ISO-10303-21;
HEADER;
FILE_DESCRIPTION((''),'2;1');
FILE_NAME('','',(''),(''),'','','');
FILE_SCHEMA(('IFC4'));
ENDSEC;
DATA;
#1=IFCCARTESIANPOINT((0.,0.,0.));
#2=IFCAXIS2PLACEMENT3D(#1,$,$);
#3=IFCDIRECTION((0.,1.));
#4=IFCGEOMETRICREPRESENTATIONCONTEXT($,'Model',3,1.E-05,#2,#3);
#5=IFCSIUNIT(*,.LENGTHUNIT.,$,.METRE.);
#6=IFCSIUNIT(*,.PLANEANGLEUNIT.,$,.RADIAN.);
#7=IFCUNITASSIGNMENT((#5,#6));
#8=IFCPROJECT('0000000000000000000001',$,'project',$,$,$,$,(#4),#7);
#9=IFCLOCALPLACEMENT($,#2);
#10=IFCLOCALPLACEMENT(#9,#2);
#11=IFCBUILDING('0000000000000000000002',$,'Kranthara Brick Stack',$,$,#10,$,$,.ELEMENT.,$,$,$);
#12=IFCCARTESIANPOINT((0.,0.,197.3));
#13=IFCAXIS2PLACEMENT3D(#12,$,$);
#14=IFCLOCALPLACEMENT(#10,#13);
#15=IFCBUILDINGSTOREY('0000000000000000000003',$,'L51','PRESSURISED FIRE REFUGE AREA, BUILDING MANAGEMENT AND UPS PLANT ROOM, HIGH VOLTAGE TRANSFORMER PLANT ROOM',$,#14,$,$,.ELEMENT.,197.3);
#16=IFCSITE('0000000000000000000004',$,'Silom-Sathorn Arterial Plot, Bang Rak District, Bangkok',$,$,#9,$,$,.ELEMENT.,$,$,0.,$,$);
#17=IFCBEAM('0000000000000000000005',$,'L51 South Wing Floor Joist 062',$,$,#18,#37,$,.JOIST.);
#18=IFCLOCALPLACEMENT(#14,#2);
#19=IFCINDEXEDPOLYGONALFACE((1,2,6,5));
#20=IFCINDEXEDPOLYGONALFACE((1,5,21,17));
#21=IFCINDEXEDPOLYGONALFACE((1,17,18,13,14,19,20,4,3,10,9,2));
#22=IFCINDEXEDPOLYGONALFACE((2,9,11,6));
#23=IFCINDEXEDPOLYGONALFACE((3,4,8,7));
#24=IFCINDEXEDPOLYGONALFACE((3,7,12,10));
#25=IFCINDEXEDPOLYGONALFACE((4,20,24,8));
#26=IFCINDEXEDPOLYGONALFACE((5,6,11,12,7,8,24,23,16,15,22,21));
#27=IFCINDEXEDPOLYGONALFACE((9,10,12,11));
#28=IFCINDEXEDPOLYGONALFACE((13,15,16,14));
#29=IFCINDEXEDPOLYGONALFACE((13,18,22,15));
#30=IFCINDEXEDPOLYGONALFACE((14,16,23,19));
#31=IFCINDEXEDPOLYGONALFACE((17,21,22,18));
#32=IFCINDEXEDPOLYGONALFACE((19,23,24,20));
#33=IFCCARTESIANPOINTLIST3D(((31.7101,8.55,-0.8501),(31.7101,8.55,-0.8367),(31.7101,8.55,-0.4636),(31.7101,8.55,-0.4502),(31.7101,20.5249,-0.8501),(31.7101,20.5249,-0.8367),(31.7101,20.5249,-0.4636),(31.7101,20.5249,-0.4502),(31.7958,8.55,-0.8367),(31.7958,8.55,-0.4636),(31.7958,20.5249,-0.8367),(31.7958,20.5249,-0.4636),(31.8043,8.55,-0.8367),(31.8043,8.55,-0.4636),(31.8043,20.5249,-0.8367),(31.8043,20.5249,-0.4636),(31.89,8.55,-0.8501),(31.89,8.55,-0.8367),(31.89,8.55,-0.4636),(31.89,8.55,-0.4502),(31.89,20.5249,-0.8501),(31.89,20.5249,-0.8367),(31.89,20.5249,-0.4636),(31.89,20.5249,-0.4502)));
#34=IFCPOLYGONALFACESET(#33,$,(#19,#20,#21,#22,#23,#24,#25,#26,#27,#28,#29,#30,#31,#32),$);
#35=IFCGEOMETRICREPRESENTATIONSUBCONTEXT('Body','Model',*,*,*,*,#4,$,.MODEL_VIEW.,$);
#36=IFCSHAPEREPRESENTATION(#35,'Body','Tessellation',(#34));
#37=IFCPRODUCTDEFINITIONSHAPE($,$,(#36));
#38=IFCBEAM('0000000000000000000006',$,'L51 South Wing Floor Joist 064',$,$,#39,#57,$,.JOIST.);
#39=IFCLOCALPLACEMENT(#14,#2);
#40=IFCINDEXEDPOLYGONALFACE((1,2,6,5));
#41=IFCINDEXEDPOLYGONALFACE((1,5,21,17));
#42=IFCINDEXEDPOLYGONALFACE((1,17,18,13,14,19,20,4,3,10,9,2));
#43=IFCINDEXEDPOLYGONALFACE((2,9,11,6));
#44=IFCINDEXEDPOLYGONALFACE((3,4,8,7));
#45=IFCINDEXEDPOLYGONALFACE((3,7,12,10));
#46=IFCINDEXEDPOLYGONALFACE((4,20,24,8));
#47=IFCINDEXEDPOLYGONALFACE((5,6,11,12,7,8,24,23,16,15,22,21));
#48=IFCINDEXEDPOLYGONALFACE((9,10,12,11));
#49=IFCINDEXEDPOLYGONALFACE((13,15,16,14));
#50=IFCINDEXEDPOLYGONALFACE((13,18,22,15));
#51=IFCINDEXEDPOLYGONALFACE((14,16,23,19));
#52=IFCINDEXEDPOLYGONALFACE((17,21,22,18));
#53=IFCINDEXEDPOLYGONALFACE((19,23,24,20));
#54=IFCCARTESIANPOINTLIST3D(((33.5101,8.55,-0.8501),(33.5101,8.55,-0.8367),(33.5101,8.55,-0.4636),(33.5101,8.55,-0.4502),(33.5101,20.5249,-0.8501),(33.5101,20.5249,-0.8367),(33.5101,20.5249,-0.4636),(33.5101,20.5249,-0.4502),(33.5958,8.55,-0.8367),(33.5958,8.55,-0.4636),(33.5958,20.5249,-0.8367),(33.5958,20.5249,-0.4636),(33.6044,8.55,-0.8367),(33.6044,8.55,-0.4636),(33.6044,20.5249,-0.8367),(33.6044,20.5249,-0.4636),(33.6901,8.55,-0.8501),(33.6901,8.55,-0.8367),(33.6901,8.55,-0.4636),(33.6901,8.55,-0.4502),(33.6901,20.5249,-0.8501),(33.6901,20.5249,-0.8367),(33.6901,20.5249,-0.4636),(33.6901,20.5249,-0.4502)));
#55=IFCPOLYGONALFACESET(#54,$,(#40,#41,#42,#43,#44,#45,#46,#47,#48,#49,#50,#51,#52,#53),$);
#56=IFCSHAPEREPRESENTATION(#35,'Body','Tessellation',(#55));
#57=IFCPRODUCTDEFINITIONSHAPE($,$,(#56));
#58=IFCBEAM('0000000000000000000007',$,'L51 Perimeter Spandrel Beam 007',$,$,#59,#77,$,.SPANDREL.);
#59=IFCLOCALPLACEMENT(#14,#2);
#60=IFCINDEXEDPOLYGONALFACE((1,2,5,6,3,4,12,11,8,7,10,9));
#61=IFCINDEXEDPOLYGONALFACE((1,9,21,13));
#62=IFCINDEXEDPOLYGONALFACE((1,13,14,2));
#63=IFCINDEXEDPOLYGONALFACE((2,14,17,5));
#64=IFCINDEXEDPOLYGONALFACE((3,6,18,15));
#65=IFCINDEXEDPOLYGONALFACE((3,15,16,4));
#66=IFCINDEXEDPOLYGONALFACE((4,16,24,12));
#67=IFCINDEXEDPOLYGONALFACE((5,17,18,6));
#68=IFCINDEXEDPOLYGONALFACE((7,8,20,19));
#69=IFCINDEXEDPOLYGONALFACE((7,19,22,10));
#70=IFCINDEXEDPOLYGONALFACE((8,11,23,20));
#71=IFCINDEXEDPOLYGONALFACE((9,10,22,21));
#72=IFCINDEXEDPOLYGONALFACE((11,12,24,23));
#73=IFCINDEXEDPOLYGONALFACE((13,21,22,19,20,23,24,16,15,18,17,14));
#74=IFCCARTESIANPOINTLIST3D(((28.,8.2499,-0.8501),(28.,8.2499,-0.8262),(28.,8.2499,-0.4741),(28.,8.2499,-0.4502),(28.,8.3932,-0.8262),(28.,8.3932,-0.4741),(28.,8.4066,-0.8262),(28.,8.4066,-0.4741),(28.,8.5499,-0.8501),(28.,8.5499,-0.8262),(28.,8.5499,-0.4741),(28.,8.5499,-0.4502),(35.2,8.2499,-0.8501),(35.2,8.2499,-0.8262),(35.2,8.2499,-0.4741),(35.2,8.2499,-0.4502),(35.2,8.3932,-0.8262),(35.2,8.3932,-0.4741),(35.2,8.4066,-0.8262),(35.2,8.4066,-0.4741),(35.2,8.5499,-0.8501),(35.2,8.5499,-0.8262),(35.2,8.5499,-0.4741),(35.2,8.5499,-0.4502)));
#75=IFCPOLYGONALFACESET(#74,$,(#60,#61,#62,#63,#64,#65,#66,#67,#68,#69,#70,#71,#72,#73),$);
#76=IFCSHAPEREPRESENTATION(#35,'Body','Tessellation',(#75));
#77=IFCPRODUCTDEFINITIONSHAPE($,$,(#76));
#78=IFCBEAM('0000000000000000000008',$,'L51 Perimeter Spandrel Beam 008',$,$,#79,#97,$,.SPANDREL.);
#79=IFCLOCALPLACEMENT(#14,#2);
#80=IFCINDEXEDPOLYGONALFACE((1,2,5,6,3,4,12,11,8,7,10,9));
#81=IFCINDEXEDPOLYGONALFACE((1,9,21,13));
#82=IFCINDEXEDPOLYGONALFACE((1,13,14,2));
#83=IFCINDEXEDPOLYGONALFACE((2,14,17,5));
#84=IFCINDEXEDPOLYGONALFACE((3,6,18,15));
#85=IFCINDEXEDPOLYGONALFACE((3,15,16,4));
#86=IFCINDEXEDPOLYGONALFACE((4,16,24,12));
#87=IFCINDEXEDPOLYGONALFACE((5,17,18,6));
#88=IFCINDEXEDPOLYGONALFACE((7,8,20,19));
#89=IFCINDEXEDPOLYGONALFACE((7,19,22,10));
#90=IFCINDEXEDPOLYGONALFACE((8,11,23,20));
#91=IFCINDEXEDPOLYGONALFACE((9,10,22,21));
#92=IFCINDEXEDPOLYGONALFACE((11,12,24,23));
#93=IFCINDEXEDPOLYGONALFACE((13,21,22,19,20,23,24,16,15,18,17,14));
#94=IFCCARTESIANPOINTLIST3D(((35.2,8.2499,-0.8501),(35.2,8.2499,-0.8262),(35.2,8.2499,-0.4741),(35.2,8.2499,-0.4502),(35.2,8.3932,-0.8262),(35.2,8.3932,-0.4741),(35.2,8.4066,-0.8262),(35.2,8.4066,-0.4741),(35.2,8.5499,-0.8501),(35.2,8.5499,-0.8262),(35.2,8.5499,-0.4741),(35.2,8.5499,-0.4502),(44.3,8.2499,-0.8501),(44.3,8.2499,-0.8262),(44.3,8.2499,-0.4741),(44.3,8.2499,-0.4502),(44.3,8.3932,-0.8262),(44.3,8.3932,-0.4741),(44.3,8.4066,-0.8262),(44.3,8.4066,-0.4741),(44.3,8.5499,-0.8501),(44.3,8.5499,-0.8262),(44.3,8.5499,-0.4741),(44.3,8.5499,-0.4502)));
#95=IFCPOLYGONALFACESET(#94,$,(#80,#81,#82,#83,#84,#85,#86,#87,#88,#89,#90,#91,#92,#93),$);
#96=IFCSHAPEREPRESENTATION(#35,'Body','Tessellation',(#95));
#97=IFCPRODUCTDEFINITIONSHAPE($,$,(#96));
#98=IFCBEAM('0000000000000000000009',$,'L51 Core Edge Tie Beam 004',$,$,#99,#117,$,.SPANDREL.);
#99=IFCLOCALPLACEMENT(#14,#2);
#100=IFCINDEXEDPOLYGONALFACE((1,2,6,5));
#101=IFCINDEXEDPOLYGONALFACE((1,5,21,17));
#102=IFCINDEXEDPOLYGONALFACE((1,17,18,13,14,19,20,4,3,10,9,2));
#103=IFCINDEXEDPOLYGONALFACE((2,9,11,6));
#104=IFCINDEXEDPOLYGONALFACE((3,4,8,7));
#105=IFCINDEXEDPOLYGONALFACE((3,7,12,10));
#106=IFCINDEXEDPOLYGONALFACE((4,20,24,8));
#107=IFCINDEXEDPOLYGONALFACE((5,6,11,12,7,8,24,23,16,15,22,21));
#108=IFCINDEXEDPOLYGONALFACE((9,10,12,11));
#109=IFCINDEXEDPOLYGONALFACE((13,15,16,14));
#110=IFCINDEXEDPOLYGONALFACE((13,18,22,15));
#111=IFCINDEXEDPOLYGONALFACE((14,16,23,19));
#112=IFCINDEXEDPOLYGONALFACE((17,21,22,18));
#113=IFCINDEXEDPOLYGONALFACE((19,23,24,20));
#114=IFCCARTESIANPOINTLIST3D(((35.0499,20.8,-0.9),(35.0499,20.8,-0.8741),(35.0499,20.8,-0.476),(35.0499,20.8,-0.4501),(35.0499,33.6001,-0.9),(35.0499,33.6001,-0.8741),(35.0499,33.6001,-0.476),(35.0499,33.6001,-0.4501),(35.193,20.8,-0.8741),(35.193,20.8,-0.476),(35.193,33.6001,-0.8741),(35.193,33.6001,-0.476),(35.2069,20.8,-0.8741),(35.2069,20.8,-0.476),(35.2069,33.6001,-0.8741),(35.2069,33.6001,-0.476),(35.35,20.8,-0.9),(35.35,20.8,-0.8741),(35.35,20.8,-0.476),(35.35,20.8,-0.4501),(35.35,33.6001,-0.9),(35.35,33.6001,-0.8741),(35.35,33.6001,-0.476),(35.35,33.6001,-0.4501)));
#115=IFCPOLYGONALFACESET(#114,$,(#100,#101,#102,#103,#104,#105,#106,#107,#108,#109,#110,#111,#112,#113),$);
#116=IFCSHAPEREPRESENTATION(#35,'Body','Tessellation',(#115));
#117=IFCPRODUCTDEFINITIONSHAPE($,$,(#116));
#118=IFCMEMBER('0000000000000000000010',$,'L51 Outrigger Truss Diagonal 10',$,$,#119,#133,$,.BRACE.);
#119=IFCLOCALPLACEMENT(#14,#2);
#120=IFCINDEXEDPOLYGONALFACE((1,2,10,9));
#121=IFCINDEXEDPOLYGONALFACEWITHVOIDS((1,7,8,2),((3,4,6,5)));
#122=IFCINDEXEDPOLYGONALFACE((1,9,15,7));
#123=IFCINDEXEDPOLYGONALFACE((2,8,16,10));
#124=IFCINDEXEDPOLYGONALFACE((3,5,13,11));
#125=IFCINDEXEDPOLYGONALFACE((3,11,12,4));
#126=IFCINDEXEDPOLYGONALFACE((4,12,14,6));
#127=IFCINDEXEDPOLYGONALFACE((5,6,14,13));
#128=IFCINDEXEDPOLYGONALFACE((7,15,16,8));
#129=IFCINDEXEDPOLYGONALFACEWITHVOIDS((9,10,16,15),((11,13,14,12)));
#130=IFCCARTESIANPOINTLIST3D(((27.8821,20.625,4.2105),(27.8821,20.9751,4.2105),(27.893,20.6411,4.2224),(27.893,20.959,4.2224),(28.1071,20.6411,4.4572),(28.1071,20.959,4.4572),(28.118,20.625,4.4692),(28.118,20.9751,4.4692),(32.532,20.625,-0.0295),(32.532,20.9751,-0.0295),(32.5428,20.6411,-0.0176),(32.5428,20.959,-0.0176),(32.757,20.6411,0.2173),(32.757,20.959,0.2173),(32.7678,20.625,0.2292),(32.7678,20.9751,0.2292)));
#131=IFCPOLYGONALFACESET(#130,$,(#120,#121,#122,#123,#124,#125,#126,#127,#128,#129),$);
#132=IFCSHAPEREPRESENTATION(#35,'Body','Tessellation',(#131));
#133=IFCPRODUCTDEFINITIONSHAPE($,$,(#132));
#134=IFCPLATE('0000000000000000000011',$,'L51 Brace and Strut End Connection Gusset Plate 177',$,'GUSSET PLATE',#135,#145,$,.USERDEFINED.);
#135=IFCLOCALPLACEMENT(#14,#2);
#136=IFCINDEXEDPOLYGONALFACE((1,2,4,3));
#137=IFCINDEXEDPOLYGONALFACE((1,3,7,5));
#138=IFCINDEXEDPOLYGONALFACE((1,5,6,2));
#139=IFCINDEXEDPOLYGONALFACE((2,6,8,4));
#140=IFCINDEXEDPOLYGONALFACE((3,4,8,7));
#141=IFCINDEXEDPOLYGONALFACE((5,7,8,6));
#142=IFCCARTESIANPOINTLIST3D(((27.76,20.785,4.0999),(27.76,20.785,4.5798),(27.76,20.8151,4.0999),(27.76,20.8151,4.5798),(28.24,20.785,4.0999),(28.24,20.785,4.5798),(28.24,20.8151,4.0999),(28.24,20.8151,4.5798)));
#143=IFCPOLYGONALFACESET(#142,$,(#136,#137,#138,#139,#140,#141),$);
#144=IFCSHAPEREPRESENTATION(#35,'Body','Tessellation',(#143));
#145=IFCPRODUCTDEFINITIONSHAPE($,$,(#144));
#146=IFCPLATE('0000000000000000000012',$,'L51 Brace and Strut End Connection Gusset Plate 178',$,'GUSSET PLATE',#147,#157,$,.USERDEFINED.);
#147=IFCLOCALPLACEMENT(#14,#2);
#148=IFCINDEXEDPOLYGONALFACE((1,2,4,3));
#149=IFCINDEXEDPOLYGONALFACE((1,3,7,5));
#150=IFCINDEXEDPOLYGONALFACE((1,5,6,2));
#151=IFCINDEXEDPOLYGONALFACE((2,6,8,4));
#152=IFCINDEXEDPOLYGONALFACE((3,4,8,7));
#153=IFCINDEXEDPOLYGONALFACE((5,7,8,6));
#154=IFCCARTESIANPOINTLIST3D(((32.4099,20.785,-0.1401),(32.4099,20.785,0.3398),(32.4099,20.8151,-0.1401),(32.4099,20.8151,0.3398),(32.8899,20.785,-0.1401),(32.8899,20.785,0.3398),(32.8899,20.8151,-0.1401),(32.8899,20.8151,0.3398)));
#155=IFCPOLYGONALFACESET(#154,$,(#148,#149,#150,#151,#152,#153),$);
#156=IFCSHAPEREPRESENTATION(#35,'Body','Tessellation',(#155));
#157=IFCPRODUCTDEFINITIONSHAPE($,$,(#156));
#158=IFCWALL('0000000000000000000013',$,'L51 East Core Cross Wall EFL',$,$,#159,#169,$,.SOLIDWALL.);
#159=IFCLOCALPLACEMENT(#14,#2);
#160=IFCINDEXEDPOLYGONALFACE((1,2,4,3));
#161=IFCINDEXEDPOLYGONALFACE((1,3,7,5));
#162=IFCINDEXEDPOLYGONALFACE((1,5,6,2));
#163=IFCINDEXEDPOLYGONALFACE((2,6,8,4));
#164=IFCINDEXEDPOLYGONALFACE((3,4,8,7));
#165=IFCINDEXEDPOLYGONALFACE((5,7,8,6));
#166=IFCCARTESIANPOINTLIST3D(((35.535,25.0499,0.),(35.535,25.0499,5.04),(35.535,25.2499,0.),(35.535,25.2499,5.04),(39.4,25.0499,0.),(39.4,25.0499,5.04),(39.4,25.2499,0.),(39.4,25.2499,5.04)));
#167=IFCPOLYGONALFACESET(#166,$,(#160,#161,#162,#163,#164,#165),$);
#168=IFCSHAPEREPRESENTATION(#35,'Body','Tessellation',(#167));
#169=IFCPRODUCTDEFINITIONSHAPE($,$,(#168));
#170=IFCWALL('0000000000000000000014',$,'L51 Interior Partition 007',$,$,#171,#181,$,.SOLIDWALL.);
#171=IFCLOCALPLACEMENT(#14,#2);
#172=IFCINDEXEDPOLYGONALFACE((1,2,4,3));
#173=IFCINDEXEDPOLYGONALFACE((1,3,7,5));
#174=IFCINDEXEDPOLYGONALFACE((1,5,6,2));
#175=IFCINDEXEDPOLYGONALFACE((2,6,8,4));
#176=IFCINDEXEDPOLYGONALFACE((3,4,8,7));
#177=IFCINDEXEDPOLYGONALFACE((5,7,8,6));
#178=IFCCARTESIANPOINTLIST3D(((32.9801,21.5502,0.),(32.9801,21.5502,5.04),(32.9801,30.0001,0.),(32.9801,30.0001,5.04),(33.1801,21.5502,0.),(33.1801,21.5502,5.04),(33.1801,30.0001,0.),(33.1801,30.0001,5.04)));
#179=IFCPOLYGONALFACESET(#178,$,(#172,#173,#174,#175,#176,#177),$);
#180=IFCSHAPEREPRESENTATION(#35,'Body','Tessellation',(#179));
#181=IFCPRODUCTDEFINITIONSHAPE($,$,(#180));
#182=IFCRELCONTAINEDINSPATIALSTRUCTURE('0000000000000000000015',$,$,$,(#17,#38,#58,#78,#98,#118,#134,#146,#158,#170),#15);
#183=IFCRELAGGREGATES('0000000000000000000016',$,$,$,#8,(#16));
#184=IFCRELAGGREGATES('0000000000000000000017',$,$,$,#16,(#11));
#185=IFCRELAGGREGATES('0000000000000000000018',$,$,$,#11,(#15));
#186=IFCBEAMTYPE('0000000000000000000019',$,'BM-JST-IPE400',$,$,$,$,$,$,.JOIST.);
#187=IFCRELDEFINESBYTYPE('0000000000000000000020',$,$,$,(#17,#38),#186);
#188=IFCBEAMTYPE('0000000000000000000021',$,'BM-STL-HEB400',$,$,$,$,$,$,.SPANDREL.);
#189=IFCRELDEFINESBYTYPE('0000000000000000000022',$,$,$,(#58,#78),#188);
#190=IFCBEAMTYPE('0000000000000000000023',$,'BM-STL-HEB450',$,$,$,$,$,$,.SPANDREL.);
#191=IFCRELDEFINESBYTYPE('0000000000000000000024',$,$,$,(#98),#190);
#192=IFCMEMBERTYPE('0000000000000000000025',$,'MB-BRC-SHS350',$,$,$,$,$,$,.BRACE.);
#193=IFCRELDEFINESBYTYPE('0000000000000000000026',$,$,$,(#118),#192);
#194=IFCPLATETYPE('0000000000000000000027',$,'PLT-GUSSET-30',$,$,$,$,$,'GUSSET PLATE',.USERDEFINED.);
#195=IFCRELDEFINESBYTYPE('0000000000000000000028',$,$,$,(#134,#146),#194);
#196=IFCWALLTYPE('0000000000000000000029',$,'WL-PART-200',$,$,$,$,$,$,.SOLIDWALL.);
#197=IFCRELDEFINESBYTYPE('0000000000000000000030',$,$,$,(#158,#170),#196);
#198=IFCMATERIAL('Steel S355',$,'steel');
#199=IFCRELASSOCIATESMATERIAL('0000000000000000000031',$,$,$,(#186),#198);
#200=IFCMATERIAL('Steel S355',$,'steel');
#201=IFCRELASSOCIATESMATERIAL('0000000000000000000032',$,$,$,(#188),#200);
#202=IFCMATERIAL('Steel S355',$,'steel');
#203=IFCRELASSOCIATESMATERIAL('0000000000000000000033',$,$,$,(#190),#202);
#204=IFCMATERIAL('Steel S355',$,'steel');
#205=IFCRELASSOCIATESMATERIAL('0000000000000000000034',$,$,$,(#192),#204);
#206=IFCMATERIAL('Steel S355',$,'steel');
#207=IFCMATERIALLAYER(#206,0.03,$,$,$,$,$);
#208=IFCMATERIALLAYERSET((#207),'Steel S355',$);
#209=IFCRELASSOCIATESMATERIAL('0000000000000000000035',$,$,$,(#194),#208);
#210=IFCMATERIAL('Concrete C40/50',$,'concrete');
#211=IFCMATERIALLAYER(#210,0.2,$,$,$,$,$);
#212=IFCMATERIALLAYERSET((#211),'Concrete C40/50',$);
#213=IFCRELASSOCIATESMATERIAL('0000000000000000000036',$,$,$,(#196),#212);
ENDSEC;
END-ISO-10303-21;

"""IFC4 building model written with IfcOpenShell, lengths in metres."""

from ifc_helpers import new_model, si_unit, direction, frame, frame_2d, origin, origin_2d, place, context, subcontext, project, spatial, rectangle, hollow_rectangle, i_section, extrude, material, layer, layer_set, material_profile, profile_set, type_object, element, save


model = new_model("IFC4")

# Units and contexts
model_context = context("Model", 3, precision=1e-05, world=origin(), true_north=direction((0.0, 1.0)))
body_context = subcontext(model_context, "Body", "Model", "MODEL_VIEW")
ifc_project = project(units=[si_unit("LENGTHUNIT", "METRE"), si_unit("PLANEANGLEUNIT", "RADIAN")], contexts=[model_context])

# Site, building, storey
site_placement = place(None, origin())
site = spatial("IfcSite", under=ifc_project, at=site_placement, Name="Silom-Sathorn Arterial Plot, Bang Rak District, Bangkok", CompositionType="ELEMENT", RefElevation=0.0)
building_placement = place(site_placement, origin())
building = spatial("IfcBuilding", under=site, at=building_placement, Name="Kranthara Brick Stack", CompositionType="ELEMENT")
storey_placement = place(building_placement, frame((0.0, 0.0, 197.3)))
storey = spatial("IfcBuildingStorey", under=building, at=storey_placement, Name="L51", Description="PRESSURISED FIRE REFUGE AREA, BUILDING MANAGEMENT AND UPS PLANT ROOM, HIGH VOLTAGE TRANSFORMER PLANT ROOM", CompositionType="ELEMENT", Elevation=197.3)

# Beams
ifc_material_1 = material(Name="Steel S355", Category="steel")
ifc_material_profile_1 = material_profile(ifc_material_1, i_section(OverallWidth=0.1799, OverallDepth=0.3999, WebThickness=0.0085, FlangeThickness=0.0134, at=origin_2d()), Name="IPE 400")
ifc_profile_set_1 = profile_set([ifc_material_profile_1], Name="Steel S355")
beam_type_1 = type_object("IfcBeamType", Name="BM-JST-IPE400", PredefinedType="JOIST", material=ifc_profile_set_1)
for number, where, z_axis, x_axis, name in (
    (1, (31.8, 8.55, -0.6501), (0.0, 1.0, 0.0), (-1.0, 0.0, 0.0), "L51 South Wing Floor Joist 062"),
    (2, (33.6001, 8.55, -0.6501), (0.0, 1.0, 0.0), (-1.0, 0.0, 0.0), "L51 South Wing Floor Joist 064"),
):
    element("IfcBeam", number, at=place(storey_placement, frame(where, z_axis=z_axis, x_axis=x_axis)), inside=storey, type_object=beam_type_1, Name=name, PredefinedType="JOIST", context=body_context, shape_type="SweptSolid", body=[
        extrude(i_section(OverallWidth=0.1799, OverallDepth=0.3999, WebThickness=0.0085, FlangeThickness=0.0134, at=origin_2d()), origin(), (0.0, 0.0, 1.0), 11.9749),
    ])
ifc_material_2 = material(Name="Steel S355", Category="steel")
ifc_material_profile_2 = material_profile(ifc_material_2, i_section(OverallWidth=0.3, OverallDepth=0.3999, WebThickness=0.0134, FlangeThickness=0.0239, at=origin_2d()), Name="HEB 400")
ifc_profile_set_2 = profile_set([ifc_material_profile_2], Name="Steel S355")
beam_type_2 = type_object("IfcBeamType", Name="BM-STL-HEB400", PredefinedType="SPANDREL", material=ifc_profile_set_2)
beam_1_placement = place(storey_placement, frame((28.0, 8.3999, -0.6501), z_axis=(1.0, 0.0, 0.0), x_axis=(0.0, 1.0, 0.0)))
element("IfcBeam", 3, at=beam_1_placement, inside=storey, type_object=beam_type_2, Name="L51 Perimeter Spandrel Beam 007", PredefinedType="SPANDREL", context=body_context, shape_type="SweptSolid", body=[
    extrude(i_section(OverallWidth=0.3, OverallDepth=0.3999, WebThickness=0.0134, FlangeThickness=0.0239, at=origin_2d()), origin(), (0.0, 0.0, 1.0), 7.2),
])
beam_2_placement = place(storey_placement, frame((35.2, 8.3999, -0.6501), z_axis=(1.0, 0.0, 0.0), x_axis=(0.0, 1.0, 0.0)))
element("IfcBeam", 4, at=beam_2_placement, inside=storey, type_object=beam_type_2, Name="L51 Perimeter Spandrel Beam 008", PredefinedType="SPANDREL", context=body_context, shape_type="SweptSolid", body=[
    extrude(i_section(OverallWidth=0.3, OverallDepth=0.3999, WebThickness=0.0134, FlangeThickness=0.0239, at=origin_2d()), origin(), (0.0, 0.0, 1.0), 9.1001),
])
ifc_material_3 = material(Name="Steel S355", Category="steel")
ifc_material_profile_3 = material_profile(ifc_material_3, i_section(OverallWidth=0.3, OverallDepth=0.45, WebThickness=0.0139, FlangeThickness=0.0259, at=origin_2d()), Name="HEB 450")
ifc_profile_set_3 = profile_set([ifc_material_profile_3], Name="Steel S355")
beam_type_3 = type_object("IfcBeamType", Name="BM-STL-HEB450", PredefinedType="SPANDREL", material=ifc_profile_set_3)
beam_3_placement = place(storey_placement, frame((35.2, 20.8, -0.675), z_axis=(0.0, 1.0, 0.0), x_axis=(-1.0, 0.0, 0.0)))
element("IfcBeam", 5, at=beam_3_placement, inside=storey, type_object=beam_type_3, Name="L51 Core Edge Tie Beam 004", PredefinedType="SPANDREL", context=body_context, shape_type="SweptSolid", body=[
    extrude(i_section(OverallWidth=0.3, OverallDepth=0.45, WebThickness=0.0139, FlangeThickness=0.0259, at=origin_2d()), origin(), (0.0, 0.0, 1.0), 12.8),
])

# Member
ifc_material_4 = material(Name="Steel S355", Category="steel")
ifc_material_profile_4 = material_profile(ifc_material_4, hollow_rectangle(XDim=0.3501, YDim=0.3501, WallThickness=0.0161, at=origin_2d()), Name="SHS 350x350x16")
ifc_profile_set_4 = profile_set([ifc_material_profile_4], Name="Steel S355")
member_type = type_object("IfcMemberType", Name="MB-BRC-SHS350", PredefinedType="BRACE", material=ifc_profile_set_4)
member_placement = place(storey_placement, frame((32.6499, 20.8, 0.0999), z_axis=(-0.738926, 0.0, 0.673786), x_axis=(0.0, -1.0, 0.0)))
element("IfcMember", 6, at=member_placement, inside=storey, type_object=member_type, Name="L51 Outrigger Truss Diagonal 10", PredefinedType="BRACE", context=body_context, shape_type="SweptSolid", body=[
    extrude(hollow_rectangle(XDim=0.3501, YDim=0.3501, WallThickness=0.0161, at=origin_2d()), origin(), (0.0, 0.0, 1.0), 6.2927),
])

# Plates
ifc_material_5 = material(Name="Steel S355", Category="steel")
ifc_layer_1 = layer(ifc_material_5, 0.03)
ifc_layer_set_1 = layer_set([ifc_layer_1], Name="Steel S355")
plate_type = type_object("IfcPlateType", Name="PLT-GUSSET-30", ElementType="GUSSET PLATE", PredefinedType="USERDEFINED", material=ifc_layer_set_1)
for number, where, z_axis, x_axis, name in (
    (7, (28.0, 20.8, 4.0999), (0.0, 0.0, 1.0), (1.0, 0.0, 0.0), "L51 Brace and Strut End Connection Gusset Plate 177"),
    (8, (32.6499, 20.8, -0.1401), (0.0, 0.0, 1.0), (1.0, 0.0, 0.0), "L51 Brace and Strut End Connection Gusset Plate 178"),
):
    element("IfcPlate", number, at=place(storey_placement, frame(where, z_axis=z_axis, x_axis=x_axis)), inside=storey, type_object=plate_type, Name=name, ObjectType="GUSSET PLATE", PredefinedType="USERDEFINED", context=body_context, shape_type="SweptSolid", body=[
        extrude(rectangle(XDim=0.48, YDim=0.03, at=origin_2d()), origin(), (0.0, 0.0, 1.0), 0.48),
    ])

# Walls
ifc_material_6 = material(Name="Concrete C40/50", Category="concrete")
ifc_layer_2 = layer(ifc_material_6, 0.2)
ifc_layer_set_2 = layer_set([ifc_layer_2], Name="Concrete C40/50")
wall_type_1 = type_object("IfcWallType", Name="WL-PART-200", PredefinedType="SOLIDWALL", material=ifc_layer_set_2)
wall_1_placement = place(storey_placement, frame((35.5349, 25.1499, 0.0), z_axis=(0.0, 0.0, 1.0), x_axis=(1.0, 0.0, 0.0)))
element("IfcWall", 9, at=wall_1_placement, inside=storey, type_object=wall_type_1, Name="L51 East Core Cross Wall EFL", PredefinedType="SOLIDWALL", context=body_context, shape_type="SweptSolid", body=[
    extrude(rectangle(XDim=3.865, YDim=0.2, at=frame_2d((1.9326, 0.0))), origin(), (0.0, 0.0, 1.0), 5.04),
])
wall_2_placement = place(storey_placement, frame((33.0801, 21.55, 0.0), z_axis=(0.0, 0.0, 1.0), x_axis=(0.0, 1.0, 0.0)))
element("IfcWall", 10, at=wall_2_placement, inside=storey, type_object=wall_type_1, Name="L51 Interior Partition 007", PredefinedType="SOLIDWALL", context=body_context, shape_type="SweptSolid", body=[
    extrude(rectangle(XDim=8.45, YDim=0.2, at=frame_2d((4.2251, 0.0))), origin(), (0.0, 0.0, 1.0), 5.04),
])

save(model, "model.ifc")
